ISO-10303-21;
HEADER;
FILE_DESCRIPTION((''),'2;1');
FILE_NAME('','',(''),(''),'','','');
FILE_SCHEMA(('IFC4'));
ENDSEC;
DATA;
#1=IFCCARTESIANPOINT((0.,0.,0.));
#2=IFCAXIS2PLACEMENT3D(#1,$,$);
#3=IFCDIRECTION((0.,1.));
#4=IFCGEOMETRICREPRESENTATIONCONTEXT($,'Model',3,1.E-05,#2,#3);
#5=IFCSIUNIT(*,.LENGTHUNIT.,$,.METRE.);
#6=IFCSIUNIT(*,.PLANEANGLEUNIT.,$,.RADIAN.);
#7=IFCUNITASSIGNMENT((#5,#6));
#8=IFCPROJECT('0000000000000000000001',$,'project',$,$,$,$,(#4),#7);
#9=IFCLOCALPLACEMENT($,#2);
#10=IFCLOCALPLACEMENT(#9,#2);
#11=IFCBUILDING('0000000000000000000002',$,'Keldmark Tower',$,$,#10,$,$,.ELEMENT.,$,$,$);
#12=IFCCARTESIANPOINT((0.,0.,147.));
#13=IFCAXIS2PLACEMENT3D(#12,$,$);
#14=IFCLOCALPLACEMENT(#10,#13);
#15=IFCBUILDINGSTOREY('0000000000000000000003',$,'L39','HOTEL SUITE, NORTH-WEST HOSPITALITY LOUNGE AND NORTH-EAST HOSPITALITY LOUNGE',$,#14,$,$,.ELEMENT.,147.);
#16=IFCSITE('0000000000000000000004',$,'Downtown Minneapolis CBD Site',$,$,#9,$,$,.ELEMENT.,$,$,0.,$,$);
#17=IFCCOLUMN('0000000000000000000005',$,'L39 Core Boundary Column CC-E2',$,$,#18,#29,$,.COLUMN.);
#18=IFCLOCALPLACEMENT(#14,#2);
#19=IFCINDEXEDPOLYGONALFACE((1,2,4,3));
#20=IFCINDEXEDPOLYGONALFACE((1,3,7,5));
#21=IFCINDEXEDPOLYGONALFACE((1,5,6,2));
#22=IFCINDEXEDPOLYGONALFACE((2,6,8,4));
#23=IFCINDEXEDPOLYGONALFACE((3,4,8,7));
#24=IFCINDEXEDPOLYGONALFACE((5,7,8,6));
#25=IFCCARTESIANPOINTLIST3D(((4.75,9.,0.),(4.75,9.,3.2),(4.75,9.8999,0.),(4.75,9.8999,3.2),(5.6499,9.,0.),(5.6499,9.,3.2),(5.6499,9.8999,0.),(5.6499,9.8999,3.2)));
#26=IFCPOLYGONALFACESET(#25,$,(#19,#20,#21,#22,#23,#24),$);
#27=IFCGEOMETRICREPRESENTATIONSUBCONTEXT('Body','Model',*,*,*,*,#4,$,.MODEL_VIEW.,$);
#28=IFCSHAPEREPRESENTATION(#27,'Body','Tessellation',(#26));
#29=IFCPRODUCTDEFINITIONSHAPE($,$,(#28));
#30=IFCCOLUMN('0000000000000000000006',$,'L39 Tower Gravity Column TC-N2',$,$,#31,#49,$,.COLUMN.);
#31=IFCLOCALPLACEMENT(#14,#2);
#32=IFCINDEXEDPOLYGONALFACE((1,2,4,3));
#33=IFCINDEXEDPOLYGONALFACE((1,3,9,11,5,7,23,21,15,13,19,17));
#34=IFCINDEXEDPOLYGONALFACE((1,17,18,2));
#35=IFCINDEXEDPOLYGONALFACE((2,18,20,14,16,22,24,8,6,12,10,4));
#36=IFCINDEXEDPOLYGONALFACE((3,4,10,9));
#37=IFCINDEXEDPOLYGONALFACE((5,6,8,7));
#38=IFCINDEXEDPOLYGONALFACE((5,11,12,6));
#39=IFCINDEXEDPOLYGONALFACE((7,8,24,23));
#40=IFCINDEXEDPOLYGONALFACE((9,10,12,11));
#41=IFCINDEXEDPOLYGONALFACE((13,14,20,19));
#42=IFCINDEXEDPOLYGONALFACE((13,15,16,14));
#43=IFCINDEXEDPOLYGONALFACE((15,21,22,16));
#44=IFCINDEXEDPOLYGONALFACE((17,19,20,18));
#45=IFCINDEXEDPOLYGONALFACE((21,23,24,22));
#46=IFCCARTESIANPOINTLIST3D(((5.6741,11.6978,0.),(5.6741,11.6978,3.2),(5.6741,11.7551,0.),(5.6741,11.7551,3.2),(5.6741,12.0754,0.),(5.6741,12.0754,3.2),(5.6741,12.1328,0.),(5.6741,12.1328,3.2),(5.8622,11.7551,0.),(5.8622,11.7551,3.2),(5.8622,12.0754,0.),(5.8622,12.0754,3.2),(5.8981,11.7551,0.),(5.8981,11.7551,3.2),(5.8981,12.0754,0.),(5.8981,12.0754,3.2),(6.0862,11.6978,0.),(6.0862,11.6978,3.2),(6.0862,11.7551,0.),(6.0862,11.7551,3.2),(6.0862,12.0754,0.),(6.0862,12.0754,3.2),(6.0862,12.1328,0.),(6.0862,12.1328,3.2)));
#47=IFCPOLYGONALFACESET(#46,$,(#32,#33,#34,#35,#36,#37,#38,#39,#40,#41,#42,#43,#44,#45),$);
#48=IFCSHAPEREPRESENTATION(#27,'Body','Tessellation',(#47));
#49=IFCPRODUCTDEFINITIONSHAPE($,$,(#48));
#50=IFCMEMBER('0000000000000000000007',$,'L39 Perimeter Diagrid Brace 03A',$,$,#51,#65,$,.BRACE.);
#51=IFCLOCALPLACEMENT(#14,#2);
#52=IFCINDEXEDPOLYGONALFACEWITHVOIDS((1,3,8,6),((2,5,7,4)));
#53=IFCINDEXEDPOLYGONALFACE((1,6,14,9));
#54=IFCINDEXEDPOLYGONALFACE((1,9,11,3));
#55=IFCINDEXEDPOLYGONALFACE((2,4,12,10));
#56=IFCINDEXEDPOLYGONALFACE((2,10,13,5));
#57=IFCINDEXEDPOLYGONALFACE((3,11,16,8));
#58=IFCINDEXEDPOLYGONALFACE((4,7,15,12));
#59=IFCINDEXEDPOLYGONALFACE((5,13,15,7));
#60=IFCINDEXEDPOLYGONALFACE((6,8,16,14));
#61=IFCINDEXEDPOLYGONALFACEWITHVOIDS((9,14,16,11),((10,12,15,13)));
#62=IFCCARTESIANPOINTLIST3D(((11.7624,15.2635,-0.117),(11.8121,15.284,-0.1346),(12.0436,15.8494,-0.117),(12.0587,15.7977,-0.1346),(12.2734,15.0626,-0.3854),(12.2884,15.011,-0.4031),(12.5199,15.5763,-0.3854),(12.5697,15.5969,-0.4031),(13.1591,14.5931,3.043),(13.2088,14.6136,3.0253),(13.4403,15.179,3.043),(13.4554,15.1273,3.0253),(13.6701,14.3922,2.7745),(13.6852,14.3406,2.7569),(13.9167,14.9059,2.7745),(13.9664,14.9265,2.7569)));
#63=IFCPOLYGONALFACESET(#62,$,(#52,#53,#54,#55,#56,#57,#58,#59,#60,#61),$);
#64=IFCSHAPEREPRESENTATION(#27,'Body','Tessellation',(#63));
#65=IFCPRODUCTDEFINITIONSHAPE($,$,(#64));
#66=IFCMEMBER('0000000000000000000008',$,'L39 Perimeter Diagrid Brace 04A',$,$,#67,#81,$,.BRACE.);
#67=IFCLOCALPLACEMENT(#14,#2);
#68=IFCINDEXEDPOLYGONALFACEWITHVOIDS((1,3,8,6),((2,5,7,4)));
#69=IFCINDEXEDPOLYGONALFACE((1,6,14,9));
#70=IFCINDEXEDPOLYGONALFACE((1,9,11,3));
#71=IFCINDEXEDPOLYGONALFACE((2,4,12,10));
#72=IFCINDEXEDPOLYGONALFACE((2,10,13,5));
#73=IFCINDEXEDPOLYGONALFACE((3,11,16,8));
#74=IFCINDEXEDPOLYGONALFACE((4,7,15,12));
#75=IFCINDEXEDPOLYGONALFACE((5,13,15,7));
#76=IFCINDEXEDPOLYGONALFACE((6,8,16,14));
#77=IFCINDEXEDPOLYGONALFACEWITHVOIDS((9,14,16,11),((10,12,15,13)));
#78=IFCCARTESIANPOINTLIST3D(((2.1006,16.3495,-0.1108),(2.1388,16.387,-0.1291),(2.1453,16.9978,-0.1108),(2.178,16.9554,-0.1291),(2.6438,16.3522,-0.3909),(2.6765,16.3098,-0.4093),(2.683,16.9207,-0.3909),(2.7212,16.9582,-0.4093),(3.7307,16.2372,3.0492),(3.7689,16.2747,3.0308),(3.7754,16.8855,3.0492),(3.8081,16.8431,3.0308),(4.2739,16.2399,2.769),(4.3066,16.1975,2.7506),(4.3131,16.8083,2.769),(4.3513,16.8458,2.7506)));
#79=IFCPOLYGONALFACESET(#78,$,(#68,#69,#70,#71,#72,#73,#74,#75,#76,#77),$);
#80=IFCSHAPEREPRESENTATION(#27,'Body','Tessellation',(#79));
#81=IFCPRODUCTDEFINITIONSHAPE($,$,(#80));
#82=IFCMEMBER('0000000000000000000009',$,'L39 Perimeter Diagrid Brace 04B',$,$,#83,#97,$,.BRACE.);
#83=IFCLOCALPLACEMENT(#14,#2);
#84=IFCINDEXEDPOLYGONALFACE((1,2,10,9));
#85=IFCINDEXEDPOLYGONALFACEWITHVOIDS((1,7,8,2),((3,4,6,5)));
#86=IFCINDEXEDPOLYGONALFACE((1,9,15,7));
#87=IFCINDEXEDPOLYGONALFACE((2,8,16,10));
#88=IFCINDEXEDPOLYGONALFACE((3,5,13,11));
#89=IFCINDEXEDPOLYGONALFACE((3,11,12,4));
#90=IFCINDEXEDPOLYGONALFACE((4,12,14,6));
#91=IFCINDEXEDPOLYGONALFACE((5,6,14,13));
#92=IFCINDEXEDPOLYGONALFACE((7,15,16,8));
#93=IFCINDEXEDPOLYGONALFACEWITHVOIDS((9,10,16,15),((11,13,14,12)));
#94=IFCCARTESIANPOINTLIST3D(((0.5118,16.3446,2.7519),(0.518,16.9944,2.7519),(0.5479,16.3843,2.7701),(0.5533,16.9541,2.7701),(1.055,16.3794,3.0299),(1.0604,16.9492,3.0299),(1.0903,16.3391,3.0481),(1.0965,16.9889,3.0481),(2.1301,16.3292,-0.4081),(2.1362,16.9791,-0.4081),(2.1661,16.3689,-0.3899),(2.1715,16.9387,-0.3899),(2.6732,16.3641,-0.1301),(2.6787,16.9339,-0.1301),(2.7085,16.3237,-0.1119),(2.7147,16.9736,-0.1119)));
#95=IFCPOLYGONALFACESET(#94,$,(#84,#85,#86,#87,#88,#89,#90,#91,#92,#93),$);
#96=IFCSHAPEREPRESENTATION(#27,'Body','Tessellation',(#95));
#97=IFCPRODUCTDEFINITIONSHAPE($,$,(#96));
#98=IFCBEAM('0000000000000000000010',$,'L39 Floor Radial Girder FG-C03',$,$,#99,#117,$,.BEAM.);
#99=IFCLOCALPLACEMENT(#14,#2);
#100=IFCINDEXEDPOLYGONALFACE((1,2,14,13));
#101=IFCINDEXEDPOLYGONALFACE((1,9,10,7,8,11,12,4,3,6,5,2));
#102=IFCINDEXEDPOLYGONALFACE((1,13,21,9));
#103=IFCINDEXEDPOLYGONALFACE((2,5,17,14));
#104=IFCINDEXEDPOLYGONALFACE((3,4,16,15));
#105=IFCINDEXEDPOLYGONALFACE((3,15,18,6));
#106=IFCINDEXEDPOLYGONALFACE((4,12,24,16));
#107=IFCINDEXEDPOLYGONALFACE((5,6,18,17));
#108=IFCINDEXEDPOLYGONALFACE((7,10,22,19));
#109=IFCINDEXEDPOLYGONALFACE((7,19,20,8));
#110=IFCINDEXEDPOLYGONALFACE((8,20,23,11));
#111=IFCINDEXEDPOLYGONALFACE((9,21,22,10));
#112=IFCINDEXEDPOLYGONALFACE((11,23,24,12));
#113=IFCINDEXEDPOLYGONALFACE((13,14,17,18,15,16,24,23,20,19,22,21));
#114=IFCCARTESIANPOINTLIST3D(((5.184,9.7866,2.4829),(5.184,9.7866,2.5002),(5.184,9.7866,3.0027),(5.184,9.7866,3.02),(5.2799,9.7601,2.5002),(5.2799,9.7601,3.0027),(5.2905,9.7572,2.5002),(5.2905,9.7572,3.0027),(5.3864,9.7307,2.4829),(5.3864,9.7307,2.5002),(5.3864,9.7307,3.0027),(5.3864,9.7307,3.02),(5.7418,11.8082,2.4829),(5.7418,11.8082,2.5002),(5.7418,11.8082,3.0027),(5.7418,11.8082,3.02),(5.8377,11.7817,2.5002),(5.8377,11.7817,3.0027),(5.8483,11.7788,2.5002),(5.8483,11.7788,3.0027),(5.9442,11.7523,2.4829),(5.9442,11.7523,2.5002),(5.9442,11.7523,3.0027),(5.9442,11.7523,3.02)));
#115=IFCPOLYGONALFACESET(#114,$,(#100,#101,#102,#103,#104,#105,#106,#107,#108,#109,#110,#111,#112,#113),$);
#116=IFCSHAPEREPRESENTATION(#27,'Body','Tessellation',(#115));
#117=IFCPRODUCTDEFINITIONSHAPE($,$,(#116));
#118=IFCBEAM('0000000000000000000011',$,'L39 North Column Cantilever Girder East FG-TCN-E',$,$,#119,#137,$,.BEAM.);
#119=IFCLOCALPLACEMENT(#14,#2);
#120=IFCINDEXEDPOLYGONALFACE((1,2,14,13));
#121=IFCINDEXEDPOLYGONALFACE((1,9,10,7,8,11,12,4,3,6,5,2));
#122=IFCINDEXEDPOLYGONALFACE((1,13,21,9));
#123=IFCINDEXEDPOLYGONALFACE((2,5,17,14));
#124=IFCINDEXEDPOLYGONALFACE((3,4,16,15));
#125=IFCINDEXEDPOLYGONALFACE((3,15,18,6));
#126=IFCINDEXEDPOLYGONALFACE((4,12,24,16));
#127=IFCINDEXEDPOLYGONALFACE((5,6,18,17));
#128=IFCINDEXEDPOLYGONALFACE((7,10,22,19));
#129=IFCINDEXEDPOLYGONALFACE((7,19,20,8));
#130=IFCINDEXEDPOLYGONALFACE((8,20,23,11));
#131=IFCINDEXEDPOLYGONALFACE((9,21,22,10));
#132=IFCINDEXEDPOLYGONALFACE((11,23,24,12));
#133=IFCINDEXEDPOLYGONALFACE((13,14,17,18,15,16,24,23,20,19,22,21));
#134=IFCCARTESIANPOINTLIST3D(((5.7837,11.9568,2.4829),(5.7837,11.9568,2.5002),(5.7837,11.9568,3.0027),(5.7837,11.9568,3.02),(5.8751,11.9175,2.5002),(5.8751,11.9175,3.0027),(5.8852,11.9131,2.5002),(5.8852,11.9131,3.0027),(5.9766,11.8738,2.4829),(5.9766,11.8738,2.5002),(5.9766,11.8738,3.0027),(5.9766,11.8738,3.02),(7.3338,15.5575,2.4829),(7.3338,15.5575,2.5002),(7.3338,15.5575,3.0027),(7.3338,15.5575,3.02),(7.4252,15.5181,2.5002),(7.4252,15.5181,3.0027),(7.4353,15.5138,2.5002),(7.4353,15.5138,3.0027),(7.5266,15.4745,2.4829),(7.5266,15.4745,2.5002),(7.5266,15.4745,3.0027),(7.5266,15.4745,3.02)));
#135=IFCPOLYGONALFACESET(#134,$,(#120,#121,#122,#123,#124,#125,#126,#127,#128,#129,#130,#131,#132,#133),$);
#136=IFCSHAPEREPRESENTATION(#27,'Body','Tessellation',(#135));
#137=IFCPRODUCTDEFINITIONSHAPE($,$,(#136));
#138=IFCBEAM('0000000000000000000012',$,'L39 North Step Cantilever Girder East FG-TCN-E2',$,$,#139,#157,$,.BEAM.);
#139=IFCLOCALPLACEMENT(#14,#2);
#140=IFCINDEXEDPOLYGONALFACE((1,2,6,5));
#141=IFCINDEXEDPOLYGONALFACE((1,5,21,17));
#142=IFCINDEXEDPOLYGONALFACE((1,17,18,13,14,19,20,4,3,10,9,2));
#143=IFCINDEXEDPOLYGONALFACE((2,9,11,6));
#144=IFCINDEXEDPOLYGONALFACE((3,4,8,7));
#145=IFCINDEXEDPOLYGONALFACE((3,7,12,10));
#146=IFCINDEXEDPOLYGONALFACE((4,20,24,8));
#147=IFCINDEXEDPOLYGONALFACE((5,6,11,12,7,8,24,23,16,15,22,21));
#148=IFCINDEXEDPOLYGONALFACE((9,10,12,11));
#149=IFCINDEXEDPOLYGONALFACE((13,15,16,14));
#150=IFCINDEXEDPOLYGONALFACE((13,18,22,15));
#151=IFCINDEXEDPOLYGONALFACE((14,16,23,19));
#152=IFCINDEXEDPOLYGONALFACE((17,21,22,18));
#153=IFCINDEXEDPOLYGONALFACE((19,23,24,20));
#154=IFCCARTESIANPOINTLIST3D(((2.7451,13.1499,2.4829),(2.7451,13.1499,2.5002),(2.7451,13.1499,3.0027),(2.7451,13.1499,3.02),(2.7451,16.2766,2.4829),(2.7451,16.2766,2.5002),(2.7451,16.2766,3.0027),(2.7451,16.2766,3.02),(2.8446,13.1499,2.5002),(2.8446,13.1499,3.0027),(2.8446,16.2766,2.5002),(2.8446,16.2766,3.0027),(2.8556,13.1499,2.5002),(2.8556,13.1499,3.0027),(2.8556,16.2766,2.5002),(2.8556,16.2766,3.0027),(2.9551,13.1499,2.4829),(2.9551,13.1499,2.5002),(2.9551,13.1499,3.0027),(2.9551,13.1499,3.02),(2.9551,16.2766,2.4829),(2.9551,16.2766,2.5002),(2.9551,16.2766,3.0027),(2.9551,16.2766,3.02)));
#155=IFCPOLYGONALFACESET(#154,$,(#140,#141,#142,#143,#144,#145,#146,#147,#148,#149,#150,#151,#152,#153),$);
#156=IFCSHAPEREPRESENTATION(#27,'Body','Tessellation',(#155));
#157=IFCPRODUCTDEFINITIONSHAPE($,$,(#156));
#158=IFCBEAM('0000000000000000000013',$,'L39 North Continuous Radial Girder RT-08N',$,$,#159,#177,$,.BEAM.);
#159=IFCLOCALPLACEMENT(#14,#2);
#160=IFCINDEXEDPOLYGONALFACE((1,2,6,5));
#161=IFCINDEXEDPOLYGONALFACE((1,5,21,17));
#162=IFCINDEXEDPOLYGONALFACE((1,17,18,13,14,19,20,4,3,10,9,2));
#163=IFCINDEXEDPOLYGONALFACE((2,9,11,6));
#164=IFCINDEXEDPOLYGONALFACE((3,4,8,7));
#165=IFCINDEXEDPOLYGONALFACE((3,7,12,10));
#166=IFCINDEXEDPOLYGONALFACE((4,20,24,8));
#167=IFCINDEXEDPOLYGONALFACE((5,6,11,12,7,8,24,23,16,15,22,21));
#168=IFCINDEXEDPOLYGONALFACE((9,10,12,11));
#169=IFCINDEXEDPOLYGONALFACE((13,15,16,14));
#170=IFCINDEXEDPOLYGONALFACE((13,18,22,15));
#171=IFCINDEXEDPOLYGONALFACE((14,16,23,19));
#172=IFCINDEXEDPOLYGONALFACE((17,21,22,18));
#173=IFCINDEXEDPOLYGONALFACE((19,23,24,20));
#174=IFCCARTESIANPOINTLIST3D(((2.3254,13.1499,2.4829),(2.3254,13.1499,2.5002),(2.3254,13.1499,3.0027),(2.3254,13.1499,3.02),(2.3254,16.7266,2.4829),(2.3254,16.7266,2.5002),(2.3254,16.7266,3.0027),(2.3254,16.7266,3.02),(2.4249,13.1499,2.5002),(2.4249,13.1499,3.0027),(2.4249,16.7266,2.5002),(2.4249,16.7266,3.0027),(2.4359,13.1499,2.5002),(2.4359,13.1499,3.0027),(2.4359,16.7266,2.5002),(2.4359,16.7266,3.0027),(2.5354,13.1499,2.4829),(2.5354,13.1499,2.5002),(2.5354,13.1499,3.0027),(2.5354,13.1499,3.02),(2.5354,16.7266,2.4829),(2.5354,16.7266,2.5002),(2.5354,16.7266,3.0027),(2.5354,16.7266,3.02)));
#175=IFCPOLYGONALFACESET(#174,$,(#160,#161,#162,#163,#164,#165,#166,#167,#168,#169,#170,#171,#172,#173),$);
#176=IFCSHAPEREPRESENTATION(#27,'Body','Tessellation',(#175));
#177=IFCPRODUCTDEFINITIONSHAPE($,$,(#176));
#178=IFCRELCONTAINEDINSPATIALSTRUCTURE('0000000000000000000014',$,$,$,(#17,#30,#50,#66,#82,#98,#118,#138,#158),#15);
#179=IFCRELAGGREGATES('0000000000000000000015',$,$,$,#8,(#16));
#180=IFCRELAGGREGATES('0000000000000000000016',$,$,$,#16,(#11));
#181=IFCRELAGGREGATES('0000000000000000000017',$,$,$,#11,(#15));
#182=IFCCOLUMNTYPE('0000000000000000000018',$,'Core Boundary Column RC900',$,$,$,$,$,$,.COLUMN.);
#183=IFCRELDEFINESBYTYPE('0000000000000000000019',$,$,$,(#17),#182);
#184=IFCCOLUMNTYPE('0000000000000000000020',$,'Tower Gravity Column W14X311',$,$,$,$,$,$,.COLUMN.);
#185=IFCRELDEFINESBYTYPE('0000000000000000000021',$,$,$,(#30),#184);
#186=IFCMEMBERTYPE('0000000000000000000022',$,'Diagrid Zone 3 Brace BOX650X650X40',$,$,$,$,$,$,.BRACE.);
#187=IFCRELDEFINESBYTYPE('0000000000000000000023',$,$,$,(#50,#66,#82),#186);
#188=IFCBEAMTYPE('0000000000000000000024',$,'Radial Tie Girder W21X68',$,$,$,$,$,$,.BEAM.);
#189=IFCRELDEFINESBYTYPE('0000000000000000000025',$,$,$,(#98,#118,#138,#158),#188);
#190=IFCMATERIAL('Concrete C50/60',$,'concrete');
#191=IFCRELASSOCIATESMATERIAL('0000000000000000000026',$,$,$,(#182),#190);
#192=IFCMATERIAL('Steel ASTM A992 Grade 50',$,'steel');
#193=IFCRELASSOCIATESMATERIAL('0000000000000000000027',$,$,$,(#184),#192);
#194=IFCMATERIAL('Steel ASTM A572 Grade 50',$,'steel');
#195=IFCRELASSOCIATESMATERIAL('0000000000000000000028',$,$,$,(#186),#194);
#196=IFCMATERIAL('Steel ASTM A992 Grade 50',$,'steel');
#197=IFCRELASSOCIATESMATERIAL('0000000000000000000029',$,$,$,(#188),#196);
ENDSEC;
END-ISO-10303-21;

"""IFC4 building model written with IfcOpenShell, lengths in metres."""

from ifc_helpers import new_model, si_unit, direction, frame, origin, origin_2d, place, context, subcontext, project, spatial, rectangle, hollow_rectangle, i_section, extrude, material, material_profile, profile_set, type_object, element, save


model = new_model("IFC4")

# Units and contexts
model_context = context("Model", 3, precision=1e-05, world=origin(), true_north=direction((0.0, 1.0)))
body_context = subcontext(model_context, "Body", "Model", "MODEL_VIEW")
ifc_project = project(units=[si_unit("LENGTHUNIT", "METRE"), si_unit("PLANEANGLEUNIT", "RADIAN")], contexts=[model_context])

# Site, building, storey
site_placement = place(None, origin())
site = spatial("IfcSite", under=ifc_project, at=site_placement, Name="Downtown Minneapolis CBD Site", CompositionType="ELEMENT", RefElevation=0.0)
building_placement = place(site_placement, origin())
building = spatial("IfcBuilding", under=site, at=building_placement, Name="Keldmark Tower", CompositionType="ELEMENT")
storey_placement = place(building_placement, frame((0.0, 0.0, 147.0)))
storey = spatial("IfcBuildingStorey", under=building, at=storey_placement, Name="L39", Description="HOTEL SUITE, NORTH-WEST HOSPITALITY LOUNGE AND NORTH-EAST HOSPITALITY LOUNGE", CompositionType="ELEMENT", Elevation=147.0)

# Columns
ifc_material_1 = material(Name="Concrete C50/60", Category="concrete")
ifc_material_profile_1 = material_profile(ifc_material_1, rectangle(XDim=0.8999, YDim=0.8999, at=origin_2d()), Name="RC900X900")
ifc_profile_set_1 = profile_set([ifc_material_profile_1], Name="Concrete C50/60")
column_type_1 = type_object("IfcColumnType", Name="Core Boundary Column RC900", PredefinedType="COLUMN", material=ifc_profile_set_1)
column_1_placement = place(storey_placement, frame((5.2, 9.45, 0.0), z_axis=(0.0, 0.0, 1.0), x_axis=(1.0, 0.0, 0.0)))
element("IfcColumn", 1, at=column_1_placement, inside=storey, type_object=column_type_1, Name="L39 Core Boundary Column CC-E2", PredefinedType="COLUMN", context=body_context, shape_type="SweptSolid", body=[
    extrude(rectangle(XDim=0.8999, YDim=0.8999, at=origin_2d()), origin(), (0.0, 0.0, 1.0), 3.2),
])
ifc_material_2 = material(Name="Steel ASTM A992 Grade 50", Category="steel")
ifc_material_profile_2 = material_profile(ifc_material_2, i_section(OverallWidth=0.4121, OverallDepth=0.4351, WebThickness=0.0359, FlangeThickness=0.0574, at=origin_2d()), Name="W14X311")
ifc_profile_set_2 = profile_set([ifc_material_profile_2], Name="Steel ASTM A992 Grade 50")
column_type_2 = type_object("IfcColumnType", Name="Tower Gravity Column W14X311", PredefinedType="COLUMN", material=ifc_profile_set_2)
column_2_placement = place(storey_placement, frame((5.8801, 11.9153, 0.0), z_axis=(0.0, 0.0, 1.0), x_axis=(1.0, 0.0, 0.0)))
element("IfcColumn", 2, at=column_2_placement, inside=storey, type_object=column_type_2, Name="L39 Tower Gravity Column TC-N2", PredefinedType="COLUMN", context=body_context, shape_type="SweptSolid", body=[
    extrude(i_section(OverallWidth=0.4121, OverallDepth=0.4351, WebThickness=0.0359, FlangeThickness=0.0574, at=origin_2d()), origin(), (0.0, 0.0, 1.0), 3.2),
])

# Members
ifc_material_3 = material(Name="Steel ASTM A572 Grade 50", Category="steel")
ifc_material_profile_3 = material_profile(ifc_material_3, hollow_rectangle(XDim=0.6499, YDim=0.6499, WallThickness=0.04, at=origin_2d()), Name="BOX650X650X40")
ifc_profile_set_3 = profile_set([ifc_material_profile_3], Name="Steel ASTM A572 Grade 50")
member_type = type_object("IfcMemberType", Name="Diagrid Zone 3 Brace BOX650X650X40", PredefinedType="BRACE", material=ifc_profile_set_3)
member_1_placement = place(storey_placement, frame((12.166, 15.4302, -0.26), z_axis=(0.396879, -0.190496, 0.897885), x_axis=(0.432721, 0.901528, 0.0)))
element("IfcMember", 3, at=member_1_placement, inside=storey, type_object=member_type, Name="L39 Perimeter Diagrid Brace 03A", PredefinedType="BRACE", context=body_context, shape_type="SweptSolid", body=[
    extrude(hollow_rectangle(XDim=0.6499, YDim=0.6499, WallThickness=0.04, at=origin_2d()), origin(), (0.0, 0.0, 1.0), 3.5193),
])
member_2_placement = place(storey_placement, frame((2.4109, 16.6538, -0.26), z_axis=(0.458238, -0.031569, 0.888269), x_axis=(0.06873, 0.997635, 0.0)))
element("IfcMember", 4, at=member_2_placement, inside=storey, type_object=member_type, Name="L39 Perimeter Diagrid Brace 04A", PredefinedType="BRACE", context=body_context, shape_type="SweptSolid", body=[
    extrude(hollow_rectangle(XDim=0.6499, YDim=0.6499, WallThickness=0.04, at=origin_2d()), origin(), (0.0, 0.0, 1.0), 3.5574),
])
member_3_placement = place(storey_placement, frame((2.4224, 16.6514, -0.26), z_axis=(-0.455799, 0.004332, 0.890072), x_axis=(-0.009505, -0.999955, 0.0)))
element("IfcMember", 5, at=member_3_placement, inside=storey, type_object=member_type, Name="L39 Perimeter Diagrid Brace 04B", PredefinedType="BRACE", context=body_context, shape_type="SweptSolid", body=[
    extrude(hollow_rectangle(XDim=0.6499, YDim=0.6499, WallThickness=0.04, at=origin_2d()), origin(), (0.0, 0.0, 1.0), 3.5503),
])

# Beams
ifc_material_4 = material(Name="Steel ASTM A992 Grade 50", Category="steel")
ifc_material_profile_4 = material_profile(ifc_material_4, i_section(OverallWidth=0.21, OverallDepth=0.5371, WebThickness=0.011, FlangeThickness=0.0173, at=origin_2d()), Name="W21X68")
ifc_profile_set_4 = profile_set([ifc_material_profile_4], Name="Steel ASTM A992 Grade 50")
beam_type_1 = type_object("IfcBeamType", Name="Radial Tie Girder W21X68", PredefinedType="BEAM", material=ifc_profile_set_4)
beam_1_placement = place(storey_placement, frame((5.843, 11.7803, 2.7515), z_axis=(-0.265992, -0.963975, 0.0), x_axis=(0.963975, -0.265992, 0.0)))
element("IfcBeam", 6, at=beam_1_placement, inside=storey, type_object=beam_type_1, Name="L39 Floor Radial Girder FG-C03", PredefinedType="BEAM", context=body_context, shape_type="SweptSolid", body=[
    extrude(i_section(OverallWidth=0.21, OverallDepth=0.5371, WebThickness=0.011, FlangeThickness=0.0173, at=origin_2d()), origin(), (0.0, 0.0, 1.0), 2.0972),
])
beam_2_placement = place(storey_placement, frame((5.8801, 11.9153, 2.7515), z_axis=(0.395415, 0.918503, 0.0), x_axis=(-0.918503, 0.395415, 0.0)))
element("IfcBeam", 7, at=beam_2_placement, inside=storey, type_object=beam_type_1, Name="L39 North Column Cantilever Girder East FG-TCN-E", PredefinedType="BEAM", context=body_context, shape_type="SweptSolid", body=[
    extrude(i_section(OverallWidth=0.21, OverallDepth=0.5371, WebThickness=0.011, FlangeThickness=0.0173, at=origin_2d()), origin(), (0.0, 0.0, 1.0), 3.9202),
])
beam_3_placement = place(storey_placement, frame((2.8501, 13.1499, 2.7515), z_axis=(0.0, 1.0, 0.0), x_axis=(-1.0, 0.0, 0.0)))
element("IfcBeam", 8, at=beam_3_placement, inside=storey, type_object=beam_type_1, Name="L39 North Step Cantilever Girder East FG-TCN-E2", PredefinedType="BEAM", context=body_context, shape_type="SweptSolid", body=[
    extrude(i_section(OverallWidth=0.21, OverallDepth=0.5371, WebThickness=0.011, FlangeThickness=0.0173, at=origin_2d()), origin(), (0.0, 0.0, 1.0), 3.1267),
])
beam_4_placement = place(storey_placement, frame((2.4304, 13.1499, 2.7515), z_axis=(0.0, 1.0, 0.0), x_axis=(-1.0, 0.0, 0.0)))
element("IfcBeam", 9, at=beam_4_placement, inside=storey, type_object=beam_type_1, Name="L39 North Continuous Radial Girder RT-08N", PredefinedType="BEAM", context=body_context, shape_type="SweptSolid", body=[
    extrude(i_section(OverallWidth=0.21, OverallDepth=0.5371, WebThickness=0.011, FlangeThickness=0.0173, at=origin_2d()), origin(), (0.0, 0.0, 1.0), 3.5767),
])

save(model, "model.ifc")
